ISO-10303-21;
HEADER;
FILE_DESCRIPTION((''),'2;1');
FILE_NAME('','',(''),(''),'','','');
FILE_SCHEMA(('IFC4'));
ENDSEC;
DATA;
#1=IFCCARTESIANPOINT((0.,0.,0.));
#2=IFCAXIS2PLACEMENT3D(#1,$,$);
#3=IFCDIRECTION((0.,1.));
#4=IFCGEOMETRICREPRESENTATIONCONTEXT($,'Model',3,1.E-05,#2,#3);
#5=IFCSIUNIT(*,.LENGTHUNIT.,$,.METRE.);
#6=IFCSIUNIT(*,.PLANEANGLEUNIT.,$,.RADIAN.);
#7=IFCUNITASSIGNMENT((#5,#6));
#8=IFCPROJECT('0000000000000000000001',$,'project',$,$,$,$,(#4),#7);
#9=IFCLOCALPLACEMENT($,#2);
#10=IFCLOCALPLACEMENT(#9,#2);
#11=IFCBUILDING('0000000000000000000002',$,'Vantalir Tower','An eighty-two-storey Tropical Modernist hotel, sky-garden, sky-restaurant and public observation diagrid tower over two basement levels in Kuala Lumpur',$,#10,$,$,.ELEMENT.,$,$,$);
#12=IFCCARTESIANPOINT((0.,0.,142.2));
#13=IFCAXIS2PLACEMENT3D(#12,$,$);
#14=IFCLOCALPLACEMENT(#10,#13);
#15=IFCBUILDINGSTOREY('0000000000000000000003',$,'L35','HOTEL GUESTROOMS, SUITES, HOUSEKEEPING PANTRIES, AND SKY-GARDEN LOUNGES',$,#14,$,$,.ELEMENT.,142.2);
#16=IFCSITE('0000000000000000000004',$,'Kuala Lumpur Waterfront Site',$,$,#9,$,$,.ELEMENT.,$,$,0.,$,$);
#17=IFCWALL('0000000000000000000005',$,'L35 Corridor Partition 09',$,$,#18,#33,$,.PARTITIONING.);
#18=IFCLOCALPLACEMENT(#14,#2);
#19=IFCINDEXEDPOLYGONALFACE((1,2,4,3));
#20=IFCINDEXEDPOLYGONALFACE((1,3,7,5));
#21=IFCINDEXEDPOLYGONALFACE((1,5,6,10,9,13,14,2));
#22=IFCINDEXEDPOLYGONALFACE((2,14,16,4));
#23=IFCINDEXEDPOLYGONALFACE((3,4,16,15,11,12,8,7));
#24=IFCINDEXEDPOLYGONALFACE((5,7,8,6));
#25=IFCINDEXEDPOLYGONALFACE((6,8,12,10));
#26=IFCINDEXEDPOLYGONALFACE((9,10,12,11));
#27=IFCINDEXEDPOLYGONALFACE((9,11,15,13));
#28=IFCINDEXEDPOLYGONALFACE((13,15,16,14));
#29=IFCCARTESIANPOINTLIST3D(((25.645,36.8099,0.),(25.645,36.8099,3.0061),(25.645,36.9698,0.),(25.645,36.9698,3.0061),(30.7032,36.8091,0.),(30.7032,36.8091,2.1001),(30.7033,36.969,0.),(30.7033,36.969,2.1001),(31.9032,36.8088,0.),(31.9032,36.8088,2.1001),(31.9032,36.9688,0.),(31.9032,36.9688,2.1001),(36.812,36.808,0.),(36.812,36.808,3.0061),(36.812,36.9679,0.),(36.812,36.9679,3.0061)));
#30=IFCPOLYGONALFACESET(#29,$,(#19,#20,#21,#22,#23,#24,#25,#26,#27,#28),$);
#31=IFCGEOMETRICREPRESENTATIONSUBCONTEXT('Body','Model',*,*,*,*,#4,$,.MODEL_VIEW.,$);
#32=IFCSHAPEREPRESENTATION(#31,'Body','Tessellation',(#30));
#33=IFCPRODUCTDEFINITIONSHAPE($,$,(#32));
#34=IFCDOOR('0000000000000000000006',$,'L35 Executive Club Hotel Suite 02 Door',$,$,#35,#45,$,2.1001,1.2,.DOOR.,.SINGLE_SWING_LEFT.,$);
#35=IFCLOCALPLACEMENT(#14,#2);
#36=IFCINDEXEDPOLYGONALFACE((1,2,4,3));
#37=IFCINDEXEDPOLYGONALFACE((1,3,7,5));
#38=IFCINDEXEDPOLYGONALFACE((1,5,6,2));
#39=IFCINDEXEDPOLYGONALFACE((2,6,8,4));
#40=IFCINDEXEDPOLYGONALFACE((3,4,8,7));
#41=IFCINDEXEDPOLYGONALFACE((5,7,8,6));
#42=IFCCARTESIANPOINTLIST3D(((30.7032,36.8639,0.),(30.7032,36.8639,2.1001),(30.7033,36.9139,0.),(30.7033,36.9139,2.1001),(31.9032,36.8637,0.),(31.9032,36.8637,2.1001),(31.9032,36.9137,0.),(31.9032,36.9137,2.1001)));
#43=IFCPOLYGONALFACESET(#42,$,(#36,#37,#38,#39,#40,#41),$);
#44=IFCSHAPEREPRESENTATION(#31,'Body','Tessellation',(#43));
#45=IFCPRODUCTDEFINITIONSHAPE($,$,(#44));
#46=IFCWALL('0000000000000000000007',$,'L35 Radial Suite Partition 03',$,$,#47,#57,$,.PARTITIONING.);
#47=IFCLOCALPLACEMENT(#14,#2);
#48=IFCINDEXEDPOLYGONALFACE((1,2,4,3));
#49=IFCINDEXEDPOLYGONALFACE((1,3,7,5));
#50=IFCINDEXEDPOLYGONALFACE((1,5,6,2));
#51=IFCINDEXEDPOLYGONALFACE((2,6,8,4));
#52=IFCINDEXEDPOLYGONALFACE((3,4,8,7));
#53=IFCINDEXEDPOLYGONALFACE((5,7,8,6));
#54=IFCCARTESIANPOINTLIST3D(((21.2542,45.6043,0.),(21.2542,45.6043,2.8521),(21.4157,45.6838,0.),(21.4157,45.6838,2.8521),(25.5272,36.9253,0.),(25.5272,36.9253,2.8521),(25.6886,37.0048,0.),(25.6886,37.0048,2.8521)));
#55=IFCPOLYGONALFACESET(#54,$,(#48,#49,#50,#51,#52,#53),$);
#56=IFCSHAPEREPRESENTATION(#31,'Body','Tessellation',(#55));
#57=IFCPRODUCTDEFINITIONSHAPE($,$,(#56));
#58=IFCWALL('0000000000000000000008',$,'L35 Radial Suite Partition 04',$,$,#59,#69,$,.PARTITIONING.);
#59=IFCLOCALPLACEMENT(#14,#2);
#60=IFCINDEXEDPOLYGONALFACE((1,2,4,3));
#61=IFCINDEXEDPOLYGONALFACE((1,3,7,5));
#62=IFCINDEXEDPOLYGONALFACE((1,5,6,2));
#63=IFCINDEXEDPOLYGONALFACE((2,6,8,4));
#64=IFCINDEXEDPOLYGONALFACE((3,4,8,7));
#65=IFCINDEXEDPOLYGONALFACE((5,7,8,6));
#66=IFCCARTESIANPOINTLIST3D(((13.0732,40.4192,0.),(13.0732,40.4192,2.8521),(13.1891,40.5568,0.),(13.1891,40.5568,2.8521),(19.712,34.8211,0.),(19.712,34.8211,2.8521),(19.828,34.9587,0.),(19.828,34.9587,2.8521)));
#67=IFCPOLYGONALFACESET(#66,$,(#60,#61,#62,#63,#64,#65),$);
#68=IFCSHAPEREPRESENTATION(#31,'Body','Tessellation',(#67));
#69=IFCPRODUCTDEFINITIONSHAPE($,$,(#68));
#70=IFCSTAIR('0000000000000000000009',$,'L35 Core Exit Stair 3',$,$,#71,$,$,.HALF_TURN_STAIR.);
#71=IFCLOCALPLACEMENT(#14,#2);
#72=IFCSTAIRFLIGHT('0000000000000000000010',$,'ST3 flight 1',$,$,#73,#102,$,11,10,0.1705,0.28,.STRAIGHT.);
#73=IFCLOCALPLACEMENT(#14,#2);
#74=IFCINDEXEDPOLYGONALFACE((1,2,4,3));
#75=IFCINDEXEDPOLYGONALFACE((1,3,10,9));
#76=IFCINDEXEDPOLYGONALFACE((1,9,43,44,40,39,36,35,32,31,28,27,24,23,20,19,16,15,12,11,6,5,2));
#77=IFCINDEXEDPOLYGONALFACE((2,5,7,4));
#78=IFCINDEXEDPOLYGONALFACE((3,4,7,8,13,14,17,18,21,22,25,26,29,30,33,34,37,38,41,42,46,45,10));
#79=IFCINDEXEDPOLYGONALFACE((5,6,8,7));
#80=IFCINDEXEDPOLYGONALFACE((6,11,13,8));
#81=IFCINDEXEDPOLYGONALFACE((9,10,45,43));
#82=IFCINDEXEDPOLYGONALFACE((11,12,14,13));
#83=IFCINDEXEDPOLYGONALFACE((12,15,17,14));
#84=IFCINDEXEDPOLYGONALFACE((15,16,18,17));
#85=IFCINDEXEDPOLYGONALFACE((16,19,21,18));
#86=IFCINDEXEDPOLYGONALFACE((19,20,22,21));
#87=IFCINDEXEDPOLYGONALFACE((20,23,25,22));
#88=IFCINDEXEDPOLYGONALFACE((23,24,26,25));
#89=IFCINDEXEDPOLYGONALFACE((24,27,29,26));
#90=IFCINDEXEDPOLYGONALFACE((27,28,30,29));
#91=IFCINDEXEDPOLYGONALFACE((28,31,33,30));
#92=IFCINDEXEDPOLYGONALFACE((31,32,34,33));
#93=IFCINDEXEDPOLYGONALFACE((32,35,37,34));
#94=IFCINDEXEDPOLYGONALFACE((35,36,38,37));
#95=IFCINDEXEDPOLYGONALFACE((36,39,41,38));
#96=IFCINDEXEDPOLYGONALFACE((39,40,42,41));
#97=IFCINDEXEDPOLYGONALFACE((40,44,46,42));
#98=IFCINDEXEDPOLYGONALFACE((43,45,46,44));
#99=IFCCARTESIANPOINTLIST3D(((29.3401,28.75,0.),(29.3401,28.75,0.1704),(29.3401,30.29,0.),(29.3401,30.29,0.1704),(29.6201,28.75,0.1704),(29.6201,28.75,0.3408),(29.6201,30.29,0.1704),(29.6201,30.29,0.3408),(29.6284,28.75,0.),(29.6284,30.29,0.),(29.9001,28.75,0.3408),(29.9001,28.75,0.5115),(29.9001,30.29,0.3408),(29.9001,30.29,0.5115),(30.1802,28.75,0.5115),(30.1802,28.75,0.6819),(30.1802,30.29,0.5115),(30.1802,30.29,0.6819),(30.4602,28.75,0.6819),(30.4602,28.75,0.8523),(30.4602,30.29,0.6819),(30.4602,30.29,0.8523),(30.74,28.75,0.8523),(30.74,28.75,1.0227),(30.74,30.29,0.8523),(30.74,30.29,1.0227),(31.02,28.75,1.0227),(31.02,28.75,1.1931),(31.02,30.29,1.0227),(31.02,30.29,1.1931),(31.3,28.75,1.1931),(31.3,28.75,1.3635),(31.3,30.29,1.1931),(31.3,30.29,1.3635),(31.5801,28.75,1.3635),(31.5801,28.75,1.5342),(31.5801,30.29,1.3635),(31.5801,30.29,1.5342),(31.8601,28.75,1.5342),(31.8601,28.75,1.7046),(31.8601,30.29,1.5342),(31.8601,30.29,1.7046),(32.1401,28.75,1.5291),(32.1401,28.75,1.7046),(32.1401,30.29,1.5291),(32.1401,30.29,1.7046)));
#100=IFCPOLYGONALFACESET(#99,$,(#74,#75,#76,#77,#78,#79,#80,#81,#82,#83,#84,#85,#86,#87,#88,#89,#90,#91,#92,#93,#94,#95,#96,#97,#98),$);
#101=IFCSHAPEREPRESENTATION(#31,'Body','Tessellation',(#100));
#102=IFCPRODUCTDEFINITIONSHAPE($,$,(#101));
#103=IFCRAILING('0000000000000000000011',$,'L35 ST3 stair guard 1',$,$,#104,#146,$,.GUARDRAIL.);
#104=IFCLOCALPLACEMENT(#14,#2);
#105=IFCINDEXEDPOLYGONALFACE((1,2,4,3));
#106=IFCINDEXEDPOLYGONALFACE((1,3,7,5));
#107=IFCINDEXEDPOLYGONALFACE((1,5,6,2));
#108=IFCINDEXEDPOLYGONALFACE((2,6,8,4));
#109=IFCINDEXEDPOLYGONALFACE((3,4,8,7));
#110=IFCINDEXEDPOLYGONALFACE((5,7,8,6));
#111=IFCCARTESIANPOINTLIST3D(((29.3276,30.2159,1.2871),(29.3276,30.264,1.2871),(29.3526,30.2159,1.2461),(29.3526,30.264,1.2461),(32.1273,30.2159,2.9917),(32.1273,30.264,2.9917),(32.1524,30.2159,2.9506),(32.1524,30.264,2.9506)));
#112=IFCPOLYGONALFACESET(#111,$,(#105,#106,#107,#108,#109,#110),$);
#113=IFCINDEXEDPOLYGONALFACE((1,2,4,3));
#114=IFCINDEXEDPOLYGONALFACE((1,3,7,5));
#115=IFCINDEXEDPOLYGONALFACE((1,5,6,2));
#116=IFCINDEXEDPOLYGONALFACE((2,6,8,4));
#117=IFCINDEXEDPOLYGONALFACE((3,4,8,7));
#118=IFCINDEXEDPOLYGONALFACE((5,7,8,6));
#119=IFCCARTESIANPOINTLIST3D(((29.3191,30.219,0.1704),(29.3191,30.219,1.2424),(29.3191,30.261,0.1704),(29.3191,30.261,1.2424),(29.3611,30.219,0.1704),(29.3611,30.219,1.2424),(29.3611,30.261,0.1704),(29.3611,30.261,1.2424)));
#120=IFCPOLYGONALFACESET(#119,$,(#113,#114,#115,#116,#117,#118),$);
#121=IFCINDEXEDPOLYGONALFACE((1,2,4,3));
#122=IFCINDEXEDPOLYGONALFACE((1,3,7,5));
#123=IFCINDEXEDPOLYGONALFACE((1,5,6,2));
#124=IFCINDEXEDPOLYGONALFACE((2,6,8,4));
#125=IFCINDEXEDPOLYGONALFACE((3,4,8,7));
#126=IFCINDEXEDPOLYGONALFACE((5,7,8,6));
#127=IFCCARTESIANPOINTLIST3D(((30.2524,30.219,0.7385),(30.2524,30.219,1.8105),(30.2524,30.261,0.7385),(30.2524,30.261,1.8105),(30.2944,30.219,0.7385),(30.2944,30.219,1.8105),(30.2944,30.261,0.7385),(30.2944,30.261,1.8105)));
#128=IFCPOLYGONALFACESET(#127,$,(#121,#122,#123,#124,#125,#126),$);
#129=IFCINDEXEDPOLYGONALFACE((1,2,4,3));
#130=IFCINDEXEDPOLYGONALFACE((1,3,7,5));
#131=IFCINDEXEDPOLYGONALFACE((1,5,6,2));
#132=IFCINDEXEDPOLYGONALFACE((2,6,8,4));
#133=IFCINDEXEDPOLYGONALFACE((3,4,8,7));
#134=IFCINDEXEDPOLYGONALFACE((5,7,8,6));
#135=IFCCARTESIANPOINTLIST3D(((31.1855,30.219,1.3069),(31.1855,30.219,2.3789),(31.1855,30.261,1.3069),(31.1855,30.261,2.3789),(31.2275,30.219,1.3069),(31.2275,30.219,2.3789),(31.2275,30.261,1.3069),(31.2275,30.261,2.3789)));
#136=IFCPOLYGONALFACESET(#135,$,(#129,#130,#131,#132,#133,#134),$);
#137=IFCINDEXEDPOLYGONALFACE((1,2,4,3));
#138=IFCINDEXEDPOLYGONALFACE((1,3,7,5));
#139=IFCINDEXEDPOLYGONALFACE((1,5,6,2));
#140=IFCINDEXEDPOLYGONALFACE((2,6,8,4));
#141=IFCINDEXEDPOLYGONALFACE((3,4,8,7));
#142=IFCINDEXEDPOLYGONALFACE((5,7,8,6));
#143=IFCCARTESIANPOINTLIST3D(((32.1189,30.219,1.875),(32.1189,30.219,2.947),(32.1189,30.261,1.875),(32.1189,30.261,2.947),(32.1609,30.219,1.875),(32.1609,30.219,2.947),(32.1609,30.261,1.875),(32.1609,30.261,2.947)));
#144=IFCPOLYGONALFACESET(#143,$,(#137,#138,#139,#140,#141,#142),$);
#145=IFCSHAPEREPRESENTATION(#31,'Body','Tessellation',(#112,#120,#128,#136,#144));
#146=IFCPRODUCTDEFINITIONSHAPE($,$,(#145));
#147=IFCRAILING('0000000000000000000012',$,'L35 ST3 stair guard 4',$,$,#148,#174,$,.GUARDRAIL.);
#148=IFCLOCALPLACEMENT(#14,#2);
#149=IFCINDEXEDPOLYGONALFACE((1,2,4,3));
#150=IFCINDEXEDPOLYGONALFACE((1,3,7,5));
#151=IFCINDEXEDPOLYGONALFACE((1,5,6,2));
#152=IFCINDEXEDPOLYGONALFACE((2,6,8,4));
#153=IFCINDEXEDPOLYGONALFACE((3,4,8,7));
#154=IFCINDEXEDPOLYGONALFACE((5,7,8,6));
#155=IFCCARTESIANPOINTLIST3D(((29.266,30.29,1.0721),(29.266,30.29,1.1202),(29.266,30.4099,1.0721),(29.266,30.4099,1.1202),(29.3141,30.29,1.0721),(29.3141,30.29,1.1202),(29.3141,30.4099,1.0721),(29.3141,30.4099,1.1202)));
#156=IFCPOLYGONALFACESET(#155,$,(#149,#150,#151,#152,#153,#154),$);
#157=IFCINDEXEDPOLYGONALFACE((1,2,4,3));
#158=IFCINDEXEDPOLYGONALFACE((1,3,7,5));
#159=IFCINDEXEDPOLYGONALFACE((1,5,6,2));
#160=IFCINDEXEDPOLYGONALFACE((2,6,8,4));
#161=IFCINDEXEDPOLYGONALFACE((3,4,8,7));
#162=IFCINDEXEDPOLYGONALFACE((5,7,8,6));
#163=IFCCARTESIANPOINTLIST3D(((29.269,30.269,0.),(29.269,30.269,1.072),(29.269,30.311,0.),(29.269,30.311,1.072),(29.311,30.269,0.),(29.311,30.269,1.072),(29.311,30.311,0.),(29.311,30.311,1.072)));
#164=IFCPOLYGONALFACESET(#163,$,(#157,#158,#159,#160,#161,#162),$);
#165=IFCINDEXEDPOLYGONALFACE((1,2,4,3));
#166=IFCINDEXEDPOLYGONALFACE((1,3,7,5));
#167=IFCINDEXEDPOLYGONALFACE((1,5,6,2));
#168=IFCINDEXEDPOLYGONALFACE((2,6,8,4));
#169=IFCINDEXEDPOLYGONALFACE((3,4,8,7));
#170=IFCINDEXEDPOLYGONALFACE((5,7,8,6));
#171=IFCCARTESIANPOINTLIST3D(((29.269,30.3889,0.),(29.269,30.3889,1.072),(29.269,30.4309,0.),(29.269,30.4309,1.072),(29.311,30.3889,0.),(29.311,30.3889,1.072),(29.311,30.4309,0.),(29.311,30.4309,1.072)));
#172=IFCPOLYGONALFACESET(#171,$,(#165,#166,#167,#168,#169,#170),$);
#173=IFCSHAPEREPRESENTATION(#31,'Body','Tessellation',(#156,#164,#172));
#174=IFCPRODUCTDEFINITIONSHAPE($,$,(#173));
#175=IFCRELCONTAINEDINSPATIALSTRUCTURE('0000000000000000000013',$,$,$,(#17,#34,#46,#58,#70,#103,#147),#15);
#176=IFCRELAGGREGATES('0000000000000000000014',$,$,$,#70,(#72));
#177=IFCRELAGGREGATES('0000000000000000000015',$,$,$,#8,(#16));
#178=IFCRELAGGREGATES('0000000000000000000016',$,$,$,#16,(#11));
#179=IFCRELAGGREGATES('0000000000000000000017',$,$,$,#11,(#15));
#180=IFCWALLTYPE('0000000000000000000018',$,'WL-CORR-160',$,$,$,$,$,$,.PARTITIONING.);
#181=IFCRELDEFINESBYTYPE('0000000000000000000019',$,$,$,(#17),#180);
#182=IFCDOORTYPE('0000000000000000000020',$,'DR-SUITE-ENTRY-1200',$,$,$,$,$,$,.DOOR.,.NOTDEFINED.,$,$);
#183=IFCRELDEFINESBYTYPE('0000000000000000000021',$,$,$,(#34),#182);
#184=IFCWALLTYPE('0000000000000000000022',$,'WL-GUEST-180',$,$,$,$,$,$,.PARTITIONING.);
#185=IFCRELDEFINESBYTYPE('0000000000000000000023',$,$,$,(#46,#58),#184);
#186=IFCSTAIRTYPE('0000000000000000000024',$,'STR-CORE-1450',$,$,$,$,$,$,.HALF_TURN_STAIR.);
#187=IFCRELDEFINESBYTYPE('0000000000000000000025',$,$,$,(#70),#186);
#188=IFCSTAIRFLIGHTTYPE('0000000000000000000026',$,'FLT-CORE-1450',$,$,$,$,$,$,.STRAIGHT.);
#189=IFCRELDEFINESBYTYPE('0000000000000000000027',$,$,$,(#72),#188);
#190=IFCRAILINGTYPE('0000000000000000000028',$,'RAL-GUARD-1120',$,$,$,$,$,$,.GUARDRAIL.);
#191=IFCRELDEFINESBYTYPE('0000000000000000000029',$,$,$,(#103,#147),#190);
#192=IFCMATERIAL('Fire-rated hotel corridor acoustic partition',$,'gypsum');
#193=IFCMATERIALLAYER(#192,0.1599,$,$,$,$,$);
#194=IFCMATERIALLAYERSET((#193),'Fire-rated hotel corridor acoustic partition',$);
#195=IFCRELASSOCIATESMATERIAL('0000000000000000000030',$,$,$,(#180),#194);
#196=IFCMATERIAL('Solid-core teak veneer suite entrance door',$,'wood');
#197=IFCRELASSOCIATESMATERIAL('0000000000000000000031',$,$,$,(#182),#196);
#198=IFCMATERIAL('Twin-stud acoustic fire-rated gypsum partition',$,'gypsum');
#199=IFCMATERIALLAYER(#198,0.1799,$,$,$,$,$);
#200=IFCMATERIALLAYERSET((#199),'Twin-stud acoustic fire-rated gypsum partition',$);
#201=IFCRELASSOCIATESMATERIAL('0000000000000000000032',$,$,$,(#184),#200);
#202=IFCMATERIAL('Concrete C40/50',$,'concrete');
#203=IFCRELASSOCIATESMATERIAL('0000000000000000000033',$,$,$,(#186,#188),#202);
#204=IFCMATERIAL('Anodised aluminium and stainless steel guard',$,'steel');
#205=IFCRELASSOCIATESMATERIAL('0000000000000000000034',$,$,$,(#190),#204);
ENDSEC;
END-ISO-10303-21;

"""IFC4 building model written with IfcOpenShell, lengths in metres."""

from ifc_helpers import new_model, si_unit, direction, frame, frame_2d, origin, origin_2d, place, context, subcontext, project, spatial, polyline, rectangle, outline, extrude, material, layer, layer_set, type_object, element, fill, aggregate, save


model = new_model("IFC4")

# Units and contexts
model_context = context("Model", 3, precision=1e-05, world=origin(), true_north=direction((0.0, 1.0)))
body_context = subcontext(model_context, "Body", "Model", "MODEL_VIEW")
ifc_project = project(units=[si_unit("LENGTHUNIT", "METRE"), si_unit("PLANEANGLEUNIT", "RADIAN")], contexts=[model_context])

# Site, building, storey
site_placement = place(None, origin())
site = spatial("IfcSite", under=ifc_project, at=site_placement, Name="Kuala Lumpur Waterfront Site", CompositionType="ELEMENT", RefElevation=0.0)
building_placement = place(site_placement, origin())
building = spatial("IfcBuilding", under=site, at=building_placement, Name="Vantalir Tower", Description="An eighty-two-storey Tropical Modernist hotel, sky-garden, sky-restaurant and public observation diagrid tower over two basement levels in Kuala Lumpur", CompositionType="ELEMENT")
storey_placement = place(building_placement, frame((0.0, 0.0, 142.2)))
storey = spatial("IfcBuildingStorey", under=building, at=storey_placement, Name="L35", Description="HOTEL GUESTROOMS, SUITES, HOUSEKEEPING PANTRIES, AND SKY-GARDEN LOUNGES", CompositionType="ELEMENT", Elevation=142.2)

# Shared definitions
ifc_material_1 = material(Name="Fire-rated hotel corridor acoustic partition", Category="gypsum")
ifc_layer_1 = layer(ifc_material_1, 0.1599)
ifc_layer_set_1 = layer_set([ifc_layer_1], Name="Fire-rated hotel corridor acoustic partition")
wall_type_1 = type_object("IfcWallType", Name="WL-CORR-160", PredefinedType="PARTITIONING", material=ifc_layer_set_1)

# Shared definitions
ifc_material_2 = material(Name="Solid-core teak veneer suite entrance door", Category="wood")
door_type_1 = type_object("IfcDoorType", Name="DR-SUITE-ENTRY-1200", OperationType="NOTDEFINED", PredefinedType="DOOR", material=ifc_material_2)

# Wall, opening, door
wall_1_placement = place(storey_placement, frame((25.645, 36.8899, 0.0), z_axis=(0.0, 0.0, 1.0), x_axis=(1.0, -0.000175, 0.0)))
wall_1 = element("IfcWall", 1, at=wall_1_placement, inside=storey, type_object=wall_type_1, Name="L35 Corridor Partition 09", PredefinedType="PARTITIONING", context=body_context, shape_type="SweptSolid", body=[
    extrude(rectangle(XDim=11.167, YDim=0.1599, at=frame_2d((5.5835, 0.0))), origin(), (0.0, 0.0, 1.0), 3.0061),
])
opening_1_placement = place(wall_1_placement, frame((5.0581, 0.0, 0.0)))
opening_1 = element("IfcOpeningElement", 2, at=opening_1_placement, cuts=wall_1, PredefinedType="OPENING", context=body_context, shape_type="SweptSolid", body=[
    extrude(rectangle(XDim=1.2, YDim=2.1001, at=frame_2d((0.6001, 1.05))), frame((0.0, 0.0898, 0.0), z_axis=(0.0, -1.0, 0.0), x_axis=(1.0, 0.0, 0.0)), (0.0, 0.0, 1.0), 0.1799),
])
door_1_placement = place(opening_1_placement, origin())
door_1 = element("IfcDoor", 3, at=door_1_placement, inside=storey, type_object=door_type_1, Name="L35 Executive Club Hotel Suite 02 Door", OperationType="SINGLE_SWING_LEFT", OverallHeight=2.1001, OverallWidth=1.2, PredefinedType="DOOR", context=body_context, shape_type="SweptSolid", body=[
    extrude(rectangle(XDim=1.2, YDim=2.1001, at=frame_2d((0.6001, 1.05))), frame((0.0, 0.0249, 0.0), z_axis=(0.0, -1.0, 0.0), x_axis=(1.0, 0.0, 0.0)), (0.0, 0.0, 1.0), 0.05),
])
fill(opening_1, door_1)

# Walls
ifc_material_3 = material(Name="Twin-stud acoustic fire-rated gypsum partition", Category="gypsum")
ifc_layer_2 = layer(ifc_material_3, 0.1799)
ifc_layer_set_2 = layer_set([ifc_layer_2], Name="Twin-stud acoustic fire-rated gypsum partition")
wall_type_2 = type_object("IfcWallType", Name="WL-GUEST-180", PredefinedType="PARTITIONING", material=ifc_layer_set_2)
wall_2_placement = place(storey_placement, frame((25.6079, 36.9651, 0.0), z_axis=(0.0, 0.0, 1.0), x_axis=(-0.441703, 0.897161, 0.0)))
element("IfcWall", 4, at=wall_2_placement, inside=storey, type_object=wall_type_2, Name="L35 Radial Suite Partition 03", PredefinedType="PARTITIONING", context=body_context, shape_type="SweptSolid", body=[
    extrude(rectangle(XDim=9.6738, YDim=0.1799, at=frame_2d((4.8369, 0.0))), origin(), (0.0, 0.0, 1.0), 2.8521),
])
wall_3_placement = place(storey_placement, frame((19.77, 34.8899, 0.0), z_axis=(0.0, 0.0, 1.0), x_axis=(-0.764487, 0.644639, 0.0)))
element("IfcWall", 5, at=wall_3_placement, inside=storey, type_object=wall_type_2, Name="L35 Radial Suite Partition 04", PredefinedType="PARTITIONING", context=body_context, shape_type="SweptSolid", body=[
    extrude(rectangle(XDim=8.6841, YDim=0.1799, at=frame_2d((4.342, 0.0))), origin(), (0.0, 0.0, 1.0), 2.8521),
])

# Stair, stair flight
ifc_material_4 = material(Name="Concrete C40/50", Category="concrete")
stair_type = type_object("IfcStairType", Name="STR-CORE-1450", PredefinedType="HALF_TURN_STAIR", material=ifc_material_4)
stair_placement = place(storey_placement, origin())
stair = element("IfcStair", 6, at=stair_placement, inside=storey, type_object=stair_type, Name="L35 Core Exit Stair 3", PredefinedType="HALF_TURN_STAIR")
stair_flight_type = type_object("IfcStairFlightType", Name="FLT-CORE-1450", PredefinedType="STRAIGHT", material=ifc_material_4)
stair_flight_placement = place(storey_placement, frame((29.3401, 29.52, 0.0), z_axis=(0.0, 0.0, 1.0), x_axis=(1.0, 0.0, 0.0)))
stair_flight = element("IfcStairFlight", 7, at=stair_flight_placement, type_object=stair_flight_type, Name="ST3 flight 1", NumberOfRisers=11, NumberOfTreads=10, PredefinedType="STRAIGHT", RiserHeight=0.1705, TreadLength=0.28, context=body_context, shape_type="SweptSolid", body=[
    extrude(outline(polyline([(0.0, 0.0), (0.0, 0.1704), (0.28, 0.1704), (0.28, 0.3408), (0.5601, 0.3408), (0.5601, 0.5115), (0.8401, 0.5115), (0.8401, 0.6819), (1.1201, 0.6819), (1.1201, 0.8523), (1.3999, 0.8523), (1.3999, 1.0227), (1.6799, 1.0227), (1.6799, 1.1931), (1.96, 1.1931), (1.96, 1.3635), (2.24, 1.3635), (2.24, 1.5342), (2.52, 1.5342), (2.52, 1.7046), (2.8, 1.7046), (2.8, 1.875), (2.8, 1.5291), (0.2883, 0.0), (0.0, 0.0)])), frame((0.0, 0.77, 0.0), z_axis=(0.0, -1.0, 0.0), x_axis=(1.0, 0.0, 0.0)), (0.0, 0.0, 1.0), 1.54),
])
aggregate(stair, [stair_flight])

# Railings
ifc_material_5 = material(Name="Anodised aluminium and stainless steel guard", Category="steel")
railing_type = type_object("IfcRailingType", Name="RAL-GUARD-1120", PredefinedType="GUARDRAIL", material=ifc_material_5)
railing_1_placement = place(storey_placement, frame((29.3401, 30.24, 0.1704)))
element("IfcRailing", 8, at=railing_1_placement, inside=storey, type_object=railing_type, Name="L35 ST3 stair guard 1", PredefinedType="GUARDRAIL", context=body_context, shape_type="SweptSolid", body=[
    extrude(rectangle(XDim=0.0481, YDim=0.0481, at=origin_2d()), frame((0.0, 0.0, 1.0962), z_axis=(0.85415, 0.0, 0.520027), x_axis=(0.0, 1.0, 0.0)), (0.0, 0.0, 1.0), 3.2778),
    extrude(rectangle(XDim=0.042, YDim=0.042, at=origin_2d()), origin(), (0.0, 0.0, 1.0), 1.072),
    extrude(rectangle(XDim=0.042, YDim=0.042, at=origin_2d()), frame((0.9333, 0.0, 0.5681)), (0.0, 0.0, 1.0), 1.072),
    extrude(rectangle(XDim=0.042, YDim=0.042, at=origin_2d()), frame((1.8665, 0.0, 1.1365)), (0.0, 0.0, 1.0), 1.072),
    extrude(rectangle(XDim=0.042, YDim=0.042, at=origin_2d()), frame((2.7998, 0.0, 1.7046)), (0.0, 0.0, 1.0), 1.072),
])
railing_2_placement = place(storey_placement, frame((29.29, 30.29, 0.0)))
element("IfcRailing", 9, at=railing_2_placement, inside=storey, type_object=railing_type, Name="L35 ST3 stair guard 4", PredefinedType="GUARDRAIL", context=body_context, shape_type="SweptSolid", body=[
    extrude(rectangle(XDim=0.0481, YDim=0.0481, at=origin_2d()), frame((0.0, 0.0, 1.0962), z_axis=(0.0, 1.0, 0.0), x_axis=(-1.0, 0.0, 0.0)), (0.0, 0.0, 1.0), 0.1199),
    extrude(rectangle(XDim=0.042, YDim=0.042, at=origin_2d()), origin(), (0.0, 0.0, 1.0), 1.072),
    extrude(rectangle(XDim=0.042, YDim=0.042, at=origin_2d()), frame((0.0, 0.1199, 0.0)), (0.0, 0.0, 1.0), 1.072),
])

save(model, "model.ifc")
